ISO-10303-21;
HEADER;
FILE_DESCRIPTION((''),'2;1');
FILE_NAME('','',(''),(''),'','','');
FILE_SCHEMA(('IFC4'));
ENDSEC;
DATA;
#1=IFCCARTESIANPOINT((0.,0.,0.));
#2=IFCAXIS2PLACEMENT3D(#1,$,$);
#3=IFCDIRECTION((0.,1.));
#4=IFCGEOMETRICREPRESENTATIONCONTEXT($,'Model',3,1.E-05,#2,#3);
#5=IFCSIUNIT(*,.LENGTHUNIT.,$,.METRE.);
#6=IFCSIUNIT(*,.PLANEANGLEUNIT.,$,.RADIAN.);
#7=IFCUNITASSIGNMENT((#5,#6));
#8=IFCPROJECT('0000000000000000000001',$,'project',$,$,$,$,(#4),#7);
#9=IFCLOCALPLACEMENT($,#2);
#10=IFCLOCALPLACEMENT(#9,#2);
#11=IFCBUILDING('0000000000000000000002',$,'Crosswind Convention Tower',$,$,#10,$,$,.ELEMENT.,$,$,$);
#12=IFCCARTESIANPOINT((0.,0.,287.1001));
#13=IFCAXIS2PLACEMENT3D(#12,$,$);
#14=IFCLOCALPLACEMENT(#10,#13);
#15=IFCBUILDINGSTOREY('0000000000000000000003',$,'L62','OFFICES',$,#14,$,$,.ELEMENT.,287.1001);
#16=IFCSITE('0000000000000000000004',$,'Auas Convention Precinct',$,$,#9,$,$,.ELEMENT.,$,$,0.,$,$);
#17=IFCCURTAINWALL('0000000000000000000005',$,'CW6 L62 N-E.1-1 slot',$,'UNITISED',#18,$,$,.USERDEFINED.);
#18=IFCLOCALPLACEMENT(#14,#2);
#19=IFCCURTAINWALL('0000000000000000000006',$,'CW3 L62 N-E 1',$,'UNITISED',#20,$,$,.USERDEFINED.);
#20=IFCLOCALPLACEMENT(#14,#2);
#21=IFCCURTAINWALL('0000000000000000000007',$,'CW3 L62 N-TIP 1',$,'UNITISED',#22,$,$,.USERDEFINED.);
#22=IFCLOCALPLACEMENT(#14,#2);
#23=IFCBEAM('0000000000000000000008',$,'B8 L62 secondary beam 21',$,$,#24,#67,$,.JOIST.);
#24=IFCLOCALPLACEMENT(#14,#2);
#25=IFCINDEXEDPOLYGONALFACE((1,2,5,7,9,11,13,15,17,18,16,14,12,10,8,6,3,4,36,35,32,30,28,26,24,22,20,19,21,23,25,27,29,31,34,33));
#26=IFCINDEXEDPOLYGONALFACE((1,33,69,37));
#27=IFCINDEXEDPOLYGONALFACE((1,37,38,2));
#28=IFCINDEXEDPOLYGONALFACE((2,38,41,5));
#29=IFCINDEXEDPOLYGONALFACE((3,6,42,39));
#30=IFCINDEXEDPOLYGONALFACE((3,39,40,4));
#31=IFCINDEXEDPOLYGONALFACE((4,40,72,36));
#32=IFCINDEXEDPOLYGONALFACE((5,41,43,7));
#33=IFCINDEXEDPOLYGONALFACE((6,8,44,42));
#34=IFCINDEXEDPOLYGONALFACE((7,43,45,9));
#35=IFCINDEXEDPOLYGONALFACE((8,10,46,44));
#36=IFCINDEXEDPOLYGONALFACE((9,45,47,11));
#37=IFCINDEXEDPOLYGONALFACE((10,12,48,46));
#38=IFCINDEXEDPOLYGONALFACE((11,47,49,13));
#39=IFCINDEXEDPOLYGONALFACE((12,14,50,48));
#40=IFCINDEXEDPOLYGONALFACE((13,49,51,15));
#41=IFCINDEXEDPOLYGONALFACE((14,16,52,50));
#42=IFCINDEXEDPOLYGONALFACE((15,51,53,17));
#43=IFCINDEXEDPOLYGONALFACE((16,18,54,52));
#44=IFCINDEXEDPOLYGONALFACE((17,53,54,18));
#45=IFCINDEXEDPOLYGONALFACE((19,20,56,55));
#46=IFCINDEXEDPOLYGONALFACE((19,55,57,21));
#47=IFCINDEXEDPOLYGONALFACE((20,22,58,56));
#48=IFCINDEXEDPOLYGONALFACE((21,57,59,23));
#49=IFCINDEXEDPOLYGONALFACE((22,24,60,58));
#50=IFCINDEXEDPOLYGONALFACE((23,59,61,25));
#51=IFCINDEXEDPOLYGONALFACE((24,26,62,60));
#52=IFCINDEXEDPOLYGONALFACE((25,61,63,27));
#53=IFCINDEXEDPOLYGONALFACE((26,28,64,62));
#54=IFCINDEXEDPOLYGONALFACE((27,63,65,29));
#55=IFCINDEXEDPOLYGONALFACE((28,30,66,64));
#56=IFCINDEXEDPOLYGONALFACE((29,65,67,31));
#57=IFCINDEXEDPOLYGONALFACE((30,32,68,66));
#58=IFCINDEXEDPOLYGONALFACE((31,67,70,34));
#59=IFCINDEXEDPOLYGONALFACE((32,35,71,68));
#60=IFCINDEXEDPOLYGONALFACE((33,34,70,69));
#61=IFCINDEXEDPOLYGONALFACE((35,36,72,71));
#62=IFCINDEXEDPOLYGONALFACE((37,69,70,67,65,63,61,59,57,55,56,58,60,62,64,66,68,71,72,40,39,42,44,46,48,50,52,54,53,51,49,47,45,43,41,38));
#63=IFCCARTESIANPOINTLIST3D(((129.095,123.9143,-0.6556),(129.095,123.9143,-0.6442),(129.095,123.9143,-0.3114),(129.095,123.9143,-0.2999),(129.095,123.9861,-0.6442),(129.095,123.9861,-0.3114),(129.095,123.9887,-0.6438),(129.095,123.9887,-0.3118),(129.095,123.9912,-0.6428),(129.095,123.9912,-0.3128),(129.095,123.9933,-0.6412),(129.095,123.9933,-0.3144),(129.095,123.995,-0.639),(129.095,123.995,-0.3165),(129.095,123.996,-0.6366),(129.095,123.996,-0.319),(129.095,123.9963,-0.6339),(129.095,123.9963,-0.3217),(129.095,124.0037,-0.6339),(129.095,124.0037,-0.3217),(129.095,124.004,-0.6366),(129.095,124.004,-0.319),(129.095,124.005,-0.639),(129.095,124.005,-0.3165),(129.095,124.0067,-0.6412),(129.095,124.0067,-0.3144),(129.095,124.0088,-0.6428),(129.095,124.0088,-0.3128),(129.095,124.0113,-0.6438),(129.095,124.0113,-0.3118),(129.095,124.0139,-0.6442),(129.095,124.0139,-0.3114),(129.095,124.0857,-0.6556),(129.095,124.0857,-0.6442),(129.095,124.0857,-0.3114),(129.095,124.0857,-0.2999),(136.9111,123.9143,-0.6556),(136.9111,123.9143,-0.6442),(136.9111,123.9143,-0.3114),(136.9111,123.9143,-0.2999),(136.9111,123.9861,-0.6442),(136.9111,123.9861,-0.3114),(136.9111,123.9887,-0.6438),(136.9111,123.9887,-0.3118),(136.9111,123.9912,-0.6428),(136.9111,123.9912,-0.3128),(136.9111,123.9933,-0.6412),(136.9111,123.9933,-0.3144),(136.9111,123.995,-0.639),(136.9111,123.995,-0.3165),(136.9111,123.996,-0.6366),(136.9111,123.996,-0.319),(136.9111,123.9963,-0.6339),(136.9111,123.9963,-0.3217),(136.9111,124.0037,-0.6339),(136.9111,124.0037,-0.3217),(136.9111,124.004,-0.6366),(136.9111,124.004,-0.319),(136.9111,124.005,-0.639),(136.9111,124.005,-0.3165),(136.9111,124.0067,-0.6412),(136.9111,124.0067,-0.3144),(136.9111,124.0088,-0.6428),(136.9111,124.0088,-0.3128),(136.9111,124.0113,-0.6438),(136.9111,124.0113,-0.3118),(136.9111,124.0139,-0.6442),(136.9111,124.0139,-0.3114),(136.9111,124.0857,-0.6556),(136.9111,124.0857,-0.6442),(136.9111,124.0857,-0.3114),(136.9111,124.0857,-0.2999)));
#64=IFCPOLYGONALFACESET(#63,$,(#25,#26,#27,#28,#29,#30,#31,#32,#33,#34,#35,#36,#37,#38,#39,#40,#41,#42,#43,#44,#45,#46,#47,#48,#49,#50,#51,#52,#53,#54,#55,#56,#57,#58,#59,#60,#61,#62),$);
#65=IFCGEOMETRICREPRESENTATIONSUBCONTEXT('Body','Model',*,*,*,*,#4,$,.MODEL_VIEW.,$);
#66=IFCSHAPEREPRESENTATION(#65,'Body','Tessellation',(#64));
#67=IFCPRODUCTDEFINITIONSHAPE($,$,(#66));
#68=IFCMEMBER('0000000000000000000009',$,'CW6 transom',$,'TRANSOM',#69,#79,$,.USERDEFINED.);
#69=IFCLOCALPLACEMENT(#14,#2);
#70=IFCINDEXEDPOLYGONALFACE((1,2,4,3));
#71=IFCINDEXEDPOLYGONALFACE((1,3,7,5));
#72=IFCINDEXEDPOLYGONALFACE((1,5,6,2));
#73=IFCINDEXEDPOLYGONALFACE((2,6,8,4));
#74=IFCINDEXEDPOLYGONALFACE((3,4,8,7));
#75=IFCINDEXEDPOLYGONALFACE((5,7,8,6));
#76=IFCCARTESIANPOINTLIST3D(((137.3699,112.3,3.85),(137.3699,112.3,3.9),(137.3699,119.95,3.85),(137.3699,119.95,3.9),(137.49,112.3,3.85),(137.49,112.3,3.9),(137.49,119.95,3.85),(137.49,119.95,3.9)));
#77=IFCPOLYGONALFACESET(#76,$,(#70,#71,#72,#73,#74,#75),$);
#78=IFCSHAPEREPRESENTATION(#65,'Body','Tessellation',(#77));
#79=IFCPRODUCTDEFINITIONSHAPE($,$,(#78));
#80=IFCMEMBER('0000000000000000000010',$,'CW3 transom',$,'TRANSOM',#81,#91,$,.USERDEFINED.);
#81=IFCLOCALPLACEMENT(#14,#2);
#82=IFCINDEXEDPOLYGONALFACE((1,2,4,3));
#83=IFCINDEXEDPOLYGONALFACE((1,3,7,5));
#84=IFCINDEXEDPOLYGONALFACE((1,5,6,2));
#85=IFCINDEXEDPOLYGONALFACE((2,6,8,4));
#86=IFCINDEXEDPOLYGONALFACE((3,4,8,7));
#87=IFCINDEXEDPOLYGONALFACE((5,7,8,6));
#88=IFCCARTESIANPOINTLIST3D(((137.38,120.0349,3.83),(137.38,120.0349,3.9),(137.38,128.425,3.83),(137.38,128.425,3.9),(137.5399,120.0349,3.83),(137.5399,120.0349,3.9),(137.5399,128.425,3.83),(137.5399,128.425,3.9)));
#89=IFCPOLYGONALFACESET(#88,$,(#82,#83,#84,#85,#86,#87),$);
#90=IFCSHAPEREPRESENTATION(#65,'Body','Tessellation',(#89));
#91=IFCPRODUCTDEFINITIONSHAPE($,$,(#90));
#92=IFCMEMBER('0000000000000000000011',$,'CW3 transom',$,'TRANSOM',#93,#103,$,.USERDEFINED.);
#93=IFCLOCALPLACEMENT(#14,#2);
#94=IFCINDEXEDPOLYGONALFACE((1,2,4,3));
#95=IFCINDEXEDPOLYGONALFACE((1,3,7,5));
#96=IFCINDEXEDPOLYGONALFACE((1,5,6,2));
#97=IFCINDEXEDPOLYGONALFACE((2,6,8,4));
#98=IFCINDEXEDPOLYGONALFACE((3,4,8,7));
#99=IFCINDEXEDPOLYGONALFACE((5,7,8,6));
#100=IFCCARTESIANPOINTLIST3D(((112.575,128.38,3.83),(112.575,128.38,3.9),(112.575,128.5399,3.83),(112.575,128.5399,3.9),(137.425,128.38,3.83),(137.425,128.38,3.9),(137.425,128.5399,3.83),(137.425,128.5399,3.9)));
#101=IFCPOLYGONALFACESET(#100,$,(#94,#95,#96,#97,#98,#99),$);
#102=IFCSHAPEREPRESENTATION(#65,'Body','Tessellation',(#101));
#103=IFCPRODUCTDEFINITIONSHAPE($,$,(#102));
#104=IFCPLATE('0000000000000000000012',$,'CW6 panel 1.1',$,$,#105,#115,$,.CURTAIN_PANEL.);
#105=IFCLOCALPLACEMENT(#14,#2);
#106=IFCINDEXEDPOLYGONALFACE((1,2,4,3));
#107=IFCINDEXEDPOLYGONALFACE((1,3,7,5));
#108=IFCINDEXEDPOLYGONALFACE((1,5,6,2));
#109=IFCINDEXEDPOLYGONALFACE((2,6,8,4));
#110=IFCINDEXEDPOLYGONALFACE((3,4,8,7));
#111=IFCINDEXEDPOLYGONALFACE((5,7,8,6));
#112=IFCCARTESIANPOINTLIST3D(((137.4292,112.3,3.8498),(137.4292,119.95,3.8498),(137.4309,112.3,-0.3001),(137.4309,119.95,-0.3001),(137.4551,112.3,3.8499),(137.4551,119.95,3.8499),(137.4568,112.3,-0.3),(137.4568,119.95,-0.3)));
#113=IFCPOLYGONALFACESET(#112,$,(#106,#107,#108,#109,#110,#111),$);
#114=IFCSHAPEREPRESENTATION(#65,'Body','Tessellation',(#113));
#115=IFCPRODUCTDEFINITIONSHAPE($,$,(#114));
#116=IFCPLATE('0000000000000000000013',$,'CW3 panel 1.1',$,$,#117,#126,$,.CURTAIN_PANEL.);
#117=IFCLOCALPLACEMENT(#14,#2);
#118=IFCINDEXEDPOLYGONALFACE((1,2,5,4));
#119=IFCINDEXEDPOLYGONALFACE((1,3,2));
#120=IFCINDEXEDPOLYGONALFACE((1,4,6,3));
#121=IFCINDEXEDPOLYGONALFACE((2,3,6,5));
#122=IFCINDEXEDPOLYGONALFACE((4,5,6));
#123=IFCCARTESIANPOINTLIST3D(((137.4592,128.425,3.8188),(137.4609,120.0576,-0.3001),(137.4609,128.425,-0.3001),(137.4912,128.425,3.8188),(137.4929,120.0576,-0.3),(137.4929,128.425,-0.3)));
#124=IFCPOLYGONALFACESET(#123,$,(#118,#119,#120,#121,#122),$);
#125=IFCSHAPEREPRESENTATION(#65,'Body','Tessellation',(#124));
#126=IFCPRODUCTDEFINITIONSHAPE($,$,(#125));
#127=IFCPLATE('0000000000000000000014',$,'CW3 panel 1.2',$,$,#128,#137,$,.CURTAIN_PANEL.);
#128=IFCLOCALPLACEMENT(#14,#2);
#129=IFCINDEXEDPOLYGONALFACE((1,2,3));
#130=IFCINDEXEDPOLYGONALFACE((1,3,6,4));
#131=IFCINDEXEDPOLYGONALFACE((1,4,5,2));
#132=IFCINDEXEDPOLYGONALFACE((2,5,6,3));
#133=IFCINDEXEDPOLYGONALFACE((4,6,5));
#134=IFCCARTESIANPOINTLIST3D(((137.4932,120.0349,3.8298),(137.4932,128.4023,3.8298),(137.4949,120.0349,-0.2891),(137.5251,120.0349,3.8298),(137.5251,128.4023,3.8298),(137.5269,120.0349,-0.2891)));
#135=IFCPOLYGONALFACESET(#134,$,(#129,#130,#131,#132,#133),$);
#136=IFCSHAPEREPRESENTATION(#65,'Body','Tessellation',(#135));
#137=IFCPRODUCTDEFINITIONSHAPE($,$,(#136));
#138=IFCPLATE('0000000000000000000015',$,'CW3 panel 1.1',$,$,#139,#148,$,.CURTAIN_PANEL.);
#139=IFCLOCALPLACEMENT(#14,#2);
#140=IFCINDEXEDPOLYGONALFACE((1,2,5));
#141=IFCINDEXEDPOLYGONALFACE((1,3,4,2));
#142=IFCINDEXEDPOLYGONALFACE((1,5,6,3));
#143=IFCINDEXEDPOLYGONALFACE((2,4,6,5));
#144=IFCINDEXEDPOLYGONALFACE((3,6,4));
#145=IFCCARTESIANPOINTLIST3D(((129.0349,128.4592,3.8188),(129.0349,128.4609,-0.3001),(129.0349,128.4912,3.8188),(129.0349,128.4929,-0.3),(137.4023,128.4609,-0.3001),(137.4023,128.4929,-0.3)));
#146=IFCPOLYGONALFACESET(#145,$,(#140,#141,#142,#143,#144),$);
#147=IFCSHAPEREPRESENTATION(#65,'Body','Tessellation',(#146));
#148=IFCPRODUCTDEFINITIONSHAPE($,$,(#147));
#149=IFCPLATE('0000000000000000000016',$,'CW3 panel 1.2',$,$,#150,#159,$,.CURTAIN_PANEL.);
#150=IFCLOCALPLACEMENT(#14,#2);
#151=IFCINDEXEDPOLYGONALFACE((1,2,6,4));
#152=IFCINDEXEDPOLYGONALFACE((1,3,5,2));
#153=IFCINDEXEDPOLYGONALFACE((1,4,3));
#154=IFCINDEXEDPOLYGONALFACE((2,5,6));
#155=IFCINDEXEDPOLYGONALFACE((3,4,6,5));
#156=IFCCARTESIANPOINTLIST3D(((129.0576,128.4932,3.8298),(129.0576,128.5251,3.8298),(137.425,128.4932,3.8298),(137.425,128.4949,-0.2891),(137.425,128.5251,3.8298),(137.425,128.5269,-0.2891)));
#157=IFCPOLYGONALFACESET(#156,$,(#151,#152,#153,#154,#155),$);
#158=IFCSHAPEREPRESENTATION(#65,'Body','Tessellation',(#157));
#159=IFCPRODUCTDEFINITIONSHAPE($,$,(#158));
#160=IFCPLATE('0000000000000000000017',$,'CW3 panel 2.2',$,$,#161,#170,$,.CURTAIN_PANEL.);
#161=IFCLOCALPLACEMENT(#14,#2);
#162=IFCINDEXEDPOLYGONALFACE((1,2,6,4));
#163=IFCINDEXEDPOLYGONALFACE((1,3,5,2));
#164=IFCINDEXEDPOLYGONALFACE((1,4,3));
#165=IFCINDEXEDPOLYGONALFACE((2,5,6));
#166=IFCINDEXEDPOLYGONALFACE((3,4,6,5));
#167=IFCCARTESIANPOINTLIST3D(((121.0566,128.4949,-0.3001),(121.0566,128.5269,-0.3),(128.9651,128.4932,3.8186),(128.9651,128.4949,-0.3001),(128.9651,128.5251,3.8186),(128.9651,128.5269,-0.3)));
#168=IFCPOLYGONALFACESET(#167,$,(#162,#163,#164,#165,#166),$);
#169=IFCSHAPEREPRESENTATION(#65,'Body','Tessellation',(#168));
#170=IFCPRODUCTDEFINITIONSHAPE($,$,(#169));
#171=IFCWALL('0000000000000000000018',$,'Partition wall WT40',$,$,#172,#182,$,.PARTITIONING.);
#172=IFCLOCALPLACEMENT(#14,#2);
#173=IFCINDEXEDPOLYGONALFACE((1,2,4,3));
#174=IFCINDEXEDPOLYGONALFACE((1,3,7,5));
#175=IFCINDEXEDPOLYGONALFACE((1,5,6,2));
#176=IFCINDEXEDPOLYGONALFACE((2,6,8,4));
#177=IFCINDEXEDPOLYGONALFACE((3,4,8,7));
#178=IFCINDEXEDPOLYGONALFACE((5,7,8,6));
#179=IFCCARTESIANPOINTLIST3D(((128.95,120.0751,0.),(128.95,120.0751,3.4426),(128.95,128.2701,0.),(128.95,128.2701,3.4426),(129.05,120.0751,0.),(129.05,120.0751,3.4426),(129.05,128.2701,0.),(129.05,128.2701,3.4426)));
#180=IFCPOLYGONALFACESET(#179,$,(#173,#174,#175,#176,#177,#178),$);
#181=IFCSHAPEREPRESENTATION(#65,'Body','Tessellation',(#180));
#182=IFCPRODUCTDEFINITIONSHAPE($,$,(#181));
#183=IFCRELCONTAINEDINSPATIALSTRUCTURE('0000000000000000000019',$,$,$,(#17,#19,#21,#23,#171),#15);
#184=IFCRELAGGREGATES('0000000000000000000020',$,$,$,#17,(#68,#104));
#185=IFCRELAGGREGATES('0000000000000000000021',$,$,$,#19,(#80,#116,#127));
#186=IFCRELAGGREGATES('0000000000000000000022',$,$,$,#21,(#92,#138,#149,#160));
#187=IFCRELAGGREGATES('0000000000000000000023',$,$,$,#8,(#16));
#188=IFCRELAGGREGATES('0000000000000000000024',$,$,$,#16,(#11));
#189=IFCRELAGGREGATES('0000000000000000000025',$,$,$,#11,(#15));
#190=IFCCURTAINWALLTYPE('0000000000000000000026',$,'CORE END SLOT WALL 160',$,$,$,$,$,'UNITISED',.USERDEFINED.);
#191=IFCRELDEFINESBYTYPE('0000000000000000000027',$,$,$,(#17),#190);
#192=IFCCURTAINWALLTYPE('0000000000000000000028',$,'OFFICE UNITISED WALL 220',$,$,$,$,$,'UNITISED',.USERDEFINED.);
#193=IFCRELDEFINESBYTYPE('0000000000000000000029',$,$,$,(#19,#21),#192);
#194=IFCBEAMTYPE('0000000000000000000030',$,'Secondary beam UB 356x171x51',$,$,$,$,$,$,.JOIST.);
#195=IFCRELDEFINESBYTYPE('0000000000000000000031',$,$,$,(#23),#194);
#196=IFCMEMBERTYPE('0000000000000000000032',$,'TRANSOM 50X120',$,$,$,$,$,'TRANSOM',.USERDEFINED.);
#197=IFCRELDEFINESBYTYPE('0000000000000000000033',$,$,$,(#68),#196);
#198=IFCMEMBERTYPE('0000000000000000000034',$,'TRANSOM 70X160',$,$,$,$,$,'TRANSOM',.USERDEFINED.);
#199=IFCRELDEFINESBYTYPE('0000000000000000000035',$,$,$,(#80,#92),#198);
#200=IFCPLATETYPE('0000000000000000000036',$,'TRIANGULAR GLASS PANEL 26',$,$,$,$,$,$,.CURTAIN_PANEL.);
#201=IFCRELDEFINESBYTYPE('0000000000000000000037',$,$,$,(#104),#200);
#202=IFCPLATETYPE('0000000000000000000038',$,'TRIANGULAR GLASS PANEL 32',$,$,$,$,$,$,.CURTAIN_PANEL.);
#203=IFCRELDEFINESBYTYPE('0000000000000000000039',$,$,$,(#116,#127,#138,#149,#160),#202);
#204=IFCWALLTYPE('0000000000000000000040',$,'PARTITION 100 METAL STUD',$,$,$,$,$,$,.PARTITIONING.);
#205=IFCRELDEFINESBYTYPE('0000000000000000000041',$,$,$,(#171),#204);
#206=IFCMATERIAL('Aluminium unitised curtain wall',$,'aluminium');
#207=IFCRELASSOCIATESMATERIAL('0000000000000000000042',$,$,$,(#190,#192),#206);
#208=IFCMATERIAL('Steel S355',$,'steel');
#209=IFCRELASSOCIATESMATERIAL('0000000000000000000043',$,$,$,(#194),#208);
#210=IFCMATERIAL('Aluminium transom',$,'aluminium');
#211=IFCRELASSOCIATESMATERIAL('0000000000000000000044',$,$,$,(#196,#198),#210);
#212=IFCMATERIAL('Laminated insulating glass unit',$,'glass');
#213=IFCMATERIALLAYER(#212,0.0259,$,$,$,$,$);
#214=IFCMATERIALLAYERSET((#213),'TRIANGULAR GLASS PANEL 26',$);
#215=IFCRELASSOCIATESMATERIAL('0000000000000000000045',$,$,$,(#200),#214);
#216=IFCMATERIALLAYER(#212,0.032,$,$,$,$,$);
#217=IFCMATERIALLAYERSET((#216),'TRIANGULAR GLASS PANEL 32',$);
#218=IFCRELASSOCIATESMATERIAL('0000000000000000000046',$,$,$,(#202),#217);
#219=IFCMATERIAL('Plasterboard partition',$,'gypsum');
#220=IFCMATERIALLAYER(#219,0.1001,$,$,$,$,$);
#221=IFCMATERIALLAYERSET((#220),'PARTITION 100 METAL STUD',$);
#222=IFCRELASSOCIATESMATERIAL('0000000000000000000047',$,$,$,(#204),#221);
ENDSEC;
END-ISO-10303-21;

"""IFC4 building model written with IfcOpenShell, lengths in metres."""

from ifc_helpers import new_model, si_unit, direction, frame, frame_2d, origin, origin_2d, place, context, subcontext, project, spatial, polyline, rectangle, i_section, outline, extrude, material, layer, layer_set, material_profile, profile_set, type_object, element, aggregate, save


model = new_model("IFC4")

# Units and contexts
model_context = context("Model", 3, precision=1e-05, world=origin(), true_north=direction((0.0, 1.0)))
body_context = subcontext(model_context, "Body", "Model", "MODEL_VIEW")
ifc_project = project(units=[si_unit("LENGTHUNIT", "METRE"), si_unit("PLANEANGLEUNIT", "RADIAN")], contexts=[model_context])

# Site, building, storey
site_placement = place(None, origin())
site = spatial("IfcSite", under=ifc_project, at=site_placement, Name="Auas Convention Precinct", CompositionType="ELEMENT", RefElevation=0.0)
building_placement = place(site_placement, origin())
building = spatial("IfcBuilding", under=site, at=building_placement, Name="Crosswind Convention Tower", CompositionType="ELEMENT")
storey_placement = place(building_placement, frame((0.0, 0.0, 287.1001)))
storey = spatial("IfcBuildingStorey", under=building, at=storey_placement, Name="L62", Description="OFFICES", CompositionType="ELEMENT", Elevation=287.1001)

# Shared definitions
ifc_material_1 = material(Name="Steel S355", Category="steel")

# Curtain walls
ifc_material_2 = material(Name="Aluminium unitised curtain wall", Category="aluminium")
curtain_wall_type_1 = type_object("IfcCurtainWallType", Name="CORE END SLOT WALL 160", ElementType="UNITISED", PredefinedType="USERDEFINED", material=ifc_material_2)
curtain_wall_1_placement = place(storey_placement, origin())
curtain_wall_1 = element("IfcCurtainWall", 1, at=curtain_wall_1_placement, inside=storey, type_object=curtain_wall_type_1, Name="CW6 L62 N-E.1-1 slot", ObjectType="UNITISED", PredefinedType="USERDEFINED")
curtain_wall_type_2 = type_object("IfcCurtainWallType", Name="OFFICE UNITISED WALL 220", ElementType="UNITISED", PredefinedType="USERDEFINED", material=ifc_material_2)
curtain_wall_2_placement = place(storey_placement, origin())
curtain_wall_2 = element("IfcCurtainWall", 2, at=curtain_wall_2_placement, inside=storey, type_object=curtain_wall_type_2, Name="CW3 L62 N-E 1", ObjectType="UNITISED", PredefinedType="USERDEFINED")

# Curtain wall
curtain_wall_3_placement = place(storey_placement, origin())
curtain_wall_3 = element("IfcCurtainWall", 3, at=curtain_wall_3_placement, inside=storey, type_object=curtain_wall_type_2, Name="CW3 L62 N-TIP 1", ObjectType="UNITISED", PredefinedType="USERDEFINED")

# Beam
ifc_material_profile_1 = material_profile(ifc_material_1, i_section(OverallWidth=0.1714, OverallDepth=0.3557, WebThickness=0.0073, FlangeThickness=0.0115, FilletRadius=0.0103, at=origin_2d()), Name="UB 356x171x51")
ifc_profile_set_1 = profile_set([ifc_material_profile_1], Name="Steel S355")
beam_type_1 = type_object("IfcBeamType", Name="Secondary beam UB 356x171x51", PredefinedType="JOIST", material=ifc_profile_set_1)
for number, where, z_axis, x_axis, name in (
    (4, (129.095, 124.0, -0.4778), (1.0, 0.0, 0.0), (0.0, 1.0, 0.0), "B8 L62 secondary beam 21"),
):
    element("IfcBeam", number, at=place(storey_placement, frame(where, z_axis=z_axis, x_axis=x_axis)), inside=storey, type_object=beam_type_1, Name=name, PredefinedType="JOIST", context=body_context, shape_type="SweptSolid", body=[
        extrude(i_section(OverallWidth=0.1714, OverallDepth=0.3557, WebThickness=0.0073, FlangeThickness=0.0115, FilletRadius=0.0103, at=origin_2d()), origin(), (0.0, 0.0, 1.0), 7.8162),
    ])

# Members
ifc_material_3 = material(Name="Aluminium transom", Category="aluminium")
ifc_material_profile_2 = material_profile(ifc_material_3, rectangle(XDim=0.1201, YDim=0.05, at=origin_2d()), Name="AL 120X50")
ifc_profile_set_2 = profile_set([ifc_material_profile_2], Name="Aluminium transom")
member_type_1 = type_object("IfcMemberType", Name="TRANSOM 50X120", ElementType="TRANSOM", PredefinedType="USERDEFINED", material=ifc_profile_set_2)
member_1_placement = place(storey_placement, frame((137.4299, 112.3, 3.875), z_axis=(0.0, 1.0, 0.0), x_axis=(-1.0, 0.0, 0.0)))
member_1 = element("IfcMember", 5, at=member_1_placement, type_object=member_type_1, Name="CW6 transom", ObjectType="TRANSOM", PredefinedType="USERDEFINED", context=body_context, shape_type="SweptSolid", body=[
    extrude(rectangle(XDim=0.1201, YDim=0.05, at=origin_2d()), origin(), (0.0, 0.0, 1.0), 7.6499),
])
ifc_material_profile_3 = material_profile(ifc_material_3, rectangle(XDim=0.1599, YDim=0.0701, at=origin_2d()), Name="AL 160X70")
ifc_profile_set_3 = profile_set([ifc_material_profile_3], Name="Aluminium transom")
member_type_2 = type_object("IfcMemberType", Name="TRANSOM 70X160", ElementType="TRANSOM", PredefinedType="USERDEFINED", material=ifc_profile_set_3)
member_2_placement = place(storey_placement, frame((137.46, 120.0349, 3.865), z_axis=(0.0, 1.0, 0.0), x_axis=(-1.0, 0.0, 0.0)))
member_2 = element("IfcMember", 6, at=member_2_placement, type_object=member_type_2, Name="CW3 transom", ObjectType="TRANSOM", PredefinedType="USERDEFINED", context=body_context, shape_type="SweptSolid", body=[
    extrude(rectangle(XDim=0.1599, YDim=0.0701, at=origin_2d()), origin(), (0.0, 0.0, 1.0), 8.3901),
])
member_3_placement = place(storey_placement, frame((137.425, 128.46, 3.865), z_axis=(-1.0, 0.0, 0.0), x_axis=(0.0, -1.0, 0.0)))
member_3 = element("IfcMember", 7, at=member_3_placement, type_object=member_type_2, Name="CW3 transom", ObjectType="TRANSOM", PredefinedType="USERDEFINED", context=body_context, shape_type="SweptSolid", body=[
    extrude(rectangle(XDim=0.1599, YDim=0.0701, at=origin_2d()), origin(), (0.0, 0.0, 1.0), 24.8501),
])

# Plates
ifc_material_4 = material(Name="Laminated insulating glass unit", Category="glass")
ifc_layer_1 = layer(ifc_material_4, 0.0259)
ifc_layer_set_1 = layer_set([ifc_layer_1], Name="TRIANGULAR GLASS PANEL 26")
plate_type_1 = type_object("IfcPlateType", Name="TRIANGULAR GLASS PANEL 26", PredefinedType="CURTAIN_PANEL", material=ifc_layer_set_1)
plate_1_placement = place(storey_placement, frame((137.4568, 112.3, -0.3), z_axis=(1.0, 0.0, 0.000412), x_axis=(0.0, 1.0, 0.0)))
plate_1 = element("IfcPlate", 8, at=plate_1_placement, type_object=plate_type_1, Name="CW6 panel 1.1", PredefinedType="CURTAIN_PANEL", context=body_context, shape_type="SweptSolid", body=[
    extrude(outline(polyline([(0.0, 0.0), (7.6499, 0.0), (7.6499, 4.1499), (0.0, 4.1499), (0.0, 0.0)])), origin(), (0.0, 0.0, -1.0), 0.0259),
])
aggregate(curtain_wall_1, [member_1, plate_1])
ifc_layer_2 = layer(ifc_material_4, 0.032)
ifc_layer_set_2 = layer_set([ifc_layer_2], Name="TRIANGULAR GLASS PANEL 32")
plate_type_2 = type_object("IfcPlateType", Name="TRIANGULAR GLASS PANEL 32", PredefinedType="CURTAIN_PANEL", material=ifc_layer_set_2)
plate_2_placement = place(storey_placement, frame((137.4929, 128.425, -0.3), z_axis=(1.0, 0.0, 0.000415), x_axis=(-0.000415, 0.0, 1.0)))
plate_2 = element("IfcPlate", 9, at=plate_2_placement, type_object=plate_type_2, Name="CW3 panel 1.1", PredefinedType="CURTAIN_PANEL", context=body_context, shape_type="SweptSolid", body=[
    extrude(outline(polyline([(0.0, 0.0), (4.1189, 0.0), (0.0, 8.3674), (0.0, 0.0)])), origin(), (0.0, 0.0, -1.0), 0.032),
])
plate_3_placement = place(storey_placement, frame((137.5251, 120.0349, 3.8298), z_axis=(1.0, 0.0, 0.000415), x_axis=(0.000415, 0.0, -1.0)))
plate_3 = element("IfcPlate", 10, at=plate_3_placement, type_object=plate_type_2, Name="CW3 panel 1.2", PredefinedType="CURTAIN_PANEL", context=body_context, shape_type="SweptSolid", body=[
    extrude(outline(polyline([(0.0, 0.0), (4.1189, 0.0), (0.0, 8.3674), (0.0, 0.0)])), origin(), (0.0, 0.0, -1.0), 0.032),
])
plate_4_placement = place(storey_placement, frame((129.0349, 128.4929, -0.3), z_axis=(0.0, 1.0, 0.000415), x_axis=(0.0, -0.000415, 1.0)))
plate_4 = element("IfcPlate", 11, at=plate_4_placement, type_object=plate_type_2, Name="CW3 panel 1.1", PredefinedType="CURTAIN_PANEL", context=body_context, shape_type="SweptSolid", body=[
    extrude(outline(polyline([(0.0, 0.0), (4.1189, 0.0), (0.0, 8.3674), (0.0, 0.0)])), origin(), (0.0, 0.0, -1.0), 0.032),
])
plate_5_placement = place(storey_placement, frame((137.425, 128.5251, 3.8298), z_axis=(0.0, 1.0, 0.000415), x_axis=(0.0, 0.000415, -1.0)))
plate_5 = element("IfcPlate", 12, at=plate_5_placement, type_object=plate_type_2, Name="CW3 panel 1.2", PredefinedType="CURTAIN_PANEL", context=body_context, shape_type="SweptSolid", body=[
    extrude(outline(polyline([(0.0, 0.0), (4.1189, 0.0), (0.0, 8.3674), (0.0, 0.0)])), origin(), (0.0, 0.0, -1.0), 0.032),
])
plate_6_placement = place(storey_placement, frame((128.9651, 128.5269, -0.3), z_axis=(0.0, 1.0, 0.000415), x_axis=(-1.0, 0.0, 0.0)))
plate_6 = element("IfcPlate", 13, at=plate_6_placement, type_object=plate_type_2, Name="CW3 panel 2.2", PredefinedType="CURTAIN_PANEL", context=body_context, shape_type="SweptSolid", body=[
    extrude(outline(polyline([(0.0, 0.0), (7.9084, 0.0), (0.0, 4.1187), (0.0, 0.0)])), origin(), (0.0, 0.0, -1.0), 0.032),
])

# Wall
ifc_material_5 = material(Name="Plasterboard partition", Category="gypsum")
ifc_layer_3 = layer(ifc_material_5, 0.1001)
ifc_layer_set_3 = layer_set([ifc_layer_3], Name="PARTITION 100 METAL STUD")
wall_type_1 = type_object("IfcWallType", Name="PARTITION 100 METAL STUD", PredefinedType="PARTITIONING", material=ifc_layer_set_3)
wall_1_placement = place(storey_placement, frame((129.0, 120.075, 0.0), z_axis=(0.0, 0.0, 1.0), x_axis=(0.0, 1.0, 0.0)))
element("IfcWall", 14, at=wall_1_placement, inside=storey, type_object=wall_type_1, Name="Partition wall WT40", PredefinedType="PARTITIONING", context=body_context, shape_type="SweptSolid", body=[
    extrude(rectangle(XDim=8.1951, YDim=0.1001, at=frame_2d((4.0977, 0.0))), origin(), (0.0, 0.0, 1.0), 3.4426),
])

aggregate(curtain_wall_2, [member_2, plate_2, plate_3])
aggregate(curtain_wall_3, [member_3, plate_4, plate_5, plate_6])

save(model, "model.ifc")
